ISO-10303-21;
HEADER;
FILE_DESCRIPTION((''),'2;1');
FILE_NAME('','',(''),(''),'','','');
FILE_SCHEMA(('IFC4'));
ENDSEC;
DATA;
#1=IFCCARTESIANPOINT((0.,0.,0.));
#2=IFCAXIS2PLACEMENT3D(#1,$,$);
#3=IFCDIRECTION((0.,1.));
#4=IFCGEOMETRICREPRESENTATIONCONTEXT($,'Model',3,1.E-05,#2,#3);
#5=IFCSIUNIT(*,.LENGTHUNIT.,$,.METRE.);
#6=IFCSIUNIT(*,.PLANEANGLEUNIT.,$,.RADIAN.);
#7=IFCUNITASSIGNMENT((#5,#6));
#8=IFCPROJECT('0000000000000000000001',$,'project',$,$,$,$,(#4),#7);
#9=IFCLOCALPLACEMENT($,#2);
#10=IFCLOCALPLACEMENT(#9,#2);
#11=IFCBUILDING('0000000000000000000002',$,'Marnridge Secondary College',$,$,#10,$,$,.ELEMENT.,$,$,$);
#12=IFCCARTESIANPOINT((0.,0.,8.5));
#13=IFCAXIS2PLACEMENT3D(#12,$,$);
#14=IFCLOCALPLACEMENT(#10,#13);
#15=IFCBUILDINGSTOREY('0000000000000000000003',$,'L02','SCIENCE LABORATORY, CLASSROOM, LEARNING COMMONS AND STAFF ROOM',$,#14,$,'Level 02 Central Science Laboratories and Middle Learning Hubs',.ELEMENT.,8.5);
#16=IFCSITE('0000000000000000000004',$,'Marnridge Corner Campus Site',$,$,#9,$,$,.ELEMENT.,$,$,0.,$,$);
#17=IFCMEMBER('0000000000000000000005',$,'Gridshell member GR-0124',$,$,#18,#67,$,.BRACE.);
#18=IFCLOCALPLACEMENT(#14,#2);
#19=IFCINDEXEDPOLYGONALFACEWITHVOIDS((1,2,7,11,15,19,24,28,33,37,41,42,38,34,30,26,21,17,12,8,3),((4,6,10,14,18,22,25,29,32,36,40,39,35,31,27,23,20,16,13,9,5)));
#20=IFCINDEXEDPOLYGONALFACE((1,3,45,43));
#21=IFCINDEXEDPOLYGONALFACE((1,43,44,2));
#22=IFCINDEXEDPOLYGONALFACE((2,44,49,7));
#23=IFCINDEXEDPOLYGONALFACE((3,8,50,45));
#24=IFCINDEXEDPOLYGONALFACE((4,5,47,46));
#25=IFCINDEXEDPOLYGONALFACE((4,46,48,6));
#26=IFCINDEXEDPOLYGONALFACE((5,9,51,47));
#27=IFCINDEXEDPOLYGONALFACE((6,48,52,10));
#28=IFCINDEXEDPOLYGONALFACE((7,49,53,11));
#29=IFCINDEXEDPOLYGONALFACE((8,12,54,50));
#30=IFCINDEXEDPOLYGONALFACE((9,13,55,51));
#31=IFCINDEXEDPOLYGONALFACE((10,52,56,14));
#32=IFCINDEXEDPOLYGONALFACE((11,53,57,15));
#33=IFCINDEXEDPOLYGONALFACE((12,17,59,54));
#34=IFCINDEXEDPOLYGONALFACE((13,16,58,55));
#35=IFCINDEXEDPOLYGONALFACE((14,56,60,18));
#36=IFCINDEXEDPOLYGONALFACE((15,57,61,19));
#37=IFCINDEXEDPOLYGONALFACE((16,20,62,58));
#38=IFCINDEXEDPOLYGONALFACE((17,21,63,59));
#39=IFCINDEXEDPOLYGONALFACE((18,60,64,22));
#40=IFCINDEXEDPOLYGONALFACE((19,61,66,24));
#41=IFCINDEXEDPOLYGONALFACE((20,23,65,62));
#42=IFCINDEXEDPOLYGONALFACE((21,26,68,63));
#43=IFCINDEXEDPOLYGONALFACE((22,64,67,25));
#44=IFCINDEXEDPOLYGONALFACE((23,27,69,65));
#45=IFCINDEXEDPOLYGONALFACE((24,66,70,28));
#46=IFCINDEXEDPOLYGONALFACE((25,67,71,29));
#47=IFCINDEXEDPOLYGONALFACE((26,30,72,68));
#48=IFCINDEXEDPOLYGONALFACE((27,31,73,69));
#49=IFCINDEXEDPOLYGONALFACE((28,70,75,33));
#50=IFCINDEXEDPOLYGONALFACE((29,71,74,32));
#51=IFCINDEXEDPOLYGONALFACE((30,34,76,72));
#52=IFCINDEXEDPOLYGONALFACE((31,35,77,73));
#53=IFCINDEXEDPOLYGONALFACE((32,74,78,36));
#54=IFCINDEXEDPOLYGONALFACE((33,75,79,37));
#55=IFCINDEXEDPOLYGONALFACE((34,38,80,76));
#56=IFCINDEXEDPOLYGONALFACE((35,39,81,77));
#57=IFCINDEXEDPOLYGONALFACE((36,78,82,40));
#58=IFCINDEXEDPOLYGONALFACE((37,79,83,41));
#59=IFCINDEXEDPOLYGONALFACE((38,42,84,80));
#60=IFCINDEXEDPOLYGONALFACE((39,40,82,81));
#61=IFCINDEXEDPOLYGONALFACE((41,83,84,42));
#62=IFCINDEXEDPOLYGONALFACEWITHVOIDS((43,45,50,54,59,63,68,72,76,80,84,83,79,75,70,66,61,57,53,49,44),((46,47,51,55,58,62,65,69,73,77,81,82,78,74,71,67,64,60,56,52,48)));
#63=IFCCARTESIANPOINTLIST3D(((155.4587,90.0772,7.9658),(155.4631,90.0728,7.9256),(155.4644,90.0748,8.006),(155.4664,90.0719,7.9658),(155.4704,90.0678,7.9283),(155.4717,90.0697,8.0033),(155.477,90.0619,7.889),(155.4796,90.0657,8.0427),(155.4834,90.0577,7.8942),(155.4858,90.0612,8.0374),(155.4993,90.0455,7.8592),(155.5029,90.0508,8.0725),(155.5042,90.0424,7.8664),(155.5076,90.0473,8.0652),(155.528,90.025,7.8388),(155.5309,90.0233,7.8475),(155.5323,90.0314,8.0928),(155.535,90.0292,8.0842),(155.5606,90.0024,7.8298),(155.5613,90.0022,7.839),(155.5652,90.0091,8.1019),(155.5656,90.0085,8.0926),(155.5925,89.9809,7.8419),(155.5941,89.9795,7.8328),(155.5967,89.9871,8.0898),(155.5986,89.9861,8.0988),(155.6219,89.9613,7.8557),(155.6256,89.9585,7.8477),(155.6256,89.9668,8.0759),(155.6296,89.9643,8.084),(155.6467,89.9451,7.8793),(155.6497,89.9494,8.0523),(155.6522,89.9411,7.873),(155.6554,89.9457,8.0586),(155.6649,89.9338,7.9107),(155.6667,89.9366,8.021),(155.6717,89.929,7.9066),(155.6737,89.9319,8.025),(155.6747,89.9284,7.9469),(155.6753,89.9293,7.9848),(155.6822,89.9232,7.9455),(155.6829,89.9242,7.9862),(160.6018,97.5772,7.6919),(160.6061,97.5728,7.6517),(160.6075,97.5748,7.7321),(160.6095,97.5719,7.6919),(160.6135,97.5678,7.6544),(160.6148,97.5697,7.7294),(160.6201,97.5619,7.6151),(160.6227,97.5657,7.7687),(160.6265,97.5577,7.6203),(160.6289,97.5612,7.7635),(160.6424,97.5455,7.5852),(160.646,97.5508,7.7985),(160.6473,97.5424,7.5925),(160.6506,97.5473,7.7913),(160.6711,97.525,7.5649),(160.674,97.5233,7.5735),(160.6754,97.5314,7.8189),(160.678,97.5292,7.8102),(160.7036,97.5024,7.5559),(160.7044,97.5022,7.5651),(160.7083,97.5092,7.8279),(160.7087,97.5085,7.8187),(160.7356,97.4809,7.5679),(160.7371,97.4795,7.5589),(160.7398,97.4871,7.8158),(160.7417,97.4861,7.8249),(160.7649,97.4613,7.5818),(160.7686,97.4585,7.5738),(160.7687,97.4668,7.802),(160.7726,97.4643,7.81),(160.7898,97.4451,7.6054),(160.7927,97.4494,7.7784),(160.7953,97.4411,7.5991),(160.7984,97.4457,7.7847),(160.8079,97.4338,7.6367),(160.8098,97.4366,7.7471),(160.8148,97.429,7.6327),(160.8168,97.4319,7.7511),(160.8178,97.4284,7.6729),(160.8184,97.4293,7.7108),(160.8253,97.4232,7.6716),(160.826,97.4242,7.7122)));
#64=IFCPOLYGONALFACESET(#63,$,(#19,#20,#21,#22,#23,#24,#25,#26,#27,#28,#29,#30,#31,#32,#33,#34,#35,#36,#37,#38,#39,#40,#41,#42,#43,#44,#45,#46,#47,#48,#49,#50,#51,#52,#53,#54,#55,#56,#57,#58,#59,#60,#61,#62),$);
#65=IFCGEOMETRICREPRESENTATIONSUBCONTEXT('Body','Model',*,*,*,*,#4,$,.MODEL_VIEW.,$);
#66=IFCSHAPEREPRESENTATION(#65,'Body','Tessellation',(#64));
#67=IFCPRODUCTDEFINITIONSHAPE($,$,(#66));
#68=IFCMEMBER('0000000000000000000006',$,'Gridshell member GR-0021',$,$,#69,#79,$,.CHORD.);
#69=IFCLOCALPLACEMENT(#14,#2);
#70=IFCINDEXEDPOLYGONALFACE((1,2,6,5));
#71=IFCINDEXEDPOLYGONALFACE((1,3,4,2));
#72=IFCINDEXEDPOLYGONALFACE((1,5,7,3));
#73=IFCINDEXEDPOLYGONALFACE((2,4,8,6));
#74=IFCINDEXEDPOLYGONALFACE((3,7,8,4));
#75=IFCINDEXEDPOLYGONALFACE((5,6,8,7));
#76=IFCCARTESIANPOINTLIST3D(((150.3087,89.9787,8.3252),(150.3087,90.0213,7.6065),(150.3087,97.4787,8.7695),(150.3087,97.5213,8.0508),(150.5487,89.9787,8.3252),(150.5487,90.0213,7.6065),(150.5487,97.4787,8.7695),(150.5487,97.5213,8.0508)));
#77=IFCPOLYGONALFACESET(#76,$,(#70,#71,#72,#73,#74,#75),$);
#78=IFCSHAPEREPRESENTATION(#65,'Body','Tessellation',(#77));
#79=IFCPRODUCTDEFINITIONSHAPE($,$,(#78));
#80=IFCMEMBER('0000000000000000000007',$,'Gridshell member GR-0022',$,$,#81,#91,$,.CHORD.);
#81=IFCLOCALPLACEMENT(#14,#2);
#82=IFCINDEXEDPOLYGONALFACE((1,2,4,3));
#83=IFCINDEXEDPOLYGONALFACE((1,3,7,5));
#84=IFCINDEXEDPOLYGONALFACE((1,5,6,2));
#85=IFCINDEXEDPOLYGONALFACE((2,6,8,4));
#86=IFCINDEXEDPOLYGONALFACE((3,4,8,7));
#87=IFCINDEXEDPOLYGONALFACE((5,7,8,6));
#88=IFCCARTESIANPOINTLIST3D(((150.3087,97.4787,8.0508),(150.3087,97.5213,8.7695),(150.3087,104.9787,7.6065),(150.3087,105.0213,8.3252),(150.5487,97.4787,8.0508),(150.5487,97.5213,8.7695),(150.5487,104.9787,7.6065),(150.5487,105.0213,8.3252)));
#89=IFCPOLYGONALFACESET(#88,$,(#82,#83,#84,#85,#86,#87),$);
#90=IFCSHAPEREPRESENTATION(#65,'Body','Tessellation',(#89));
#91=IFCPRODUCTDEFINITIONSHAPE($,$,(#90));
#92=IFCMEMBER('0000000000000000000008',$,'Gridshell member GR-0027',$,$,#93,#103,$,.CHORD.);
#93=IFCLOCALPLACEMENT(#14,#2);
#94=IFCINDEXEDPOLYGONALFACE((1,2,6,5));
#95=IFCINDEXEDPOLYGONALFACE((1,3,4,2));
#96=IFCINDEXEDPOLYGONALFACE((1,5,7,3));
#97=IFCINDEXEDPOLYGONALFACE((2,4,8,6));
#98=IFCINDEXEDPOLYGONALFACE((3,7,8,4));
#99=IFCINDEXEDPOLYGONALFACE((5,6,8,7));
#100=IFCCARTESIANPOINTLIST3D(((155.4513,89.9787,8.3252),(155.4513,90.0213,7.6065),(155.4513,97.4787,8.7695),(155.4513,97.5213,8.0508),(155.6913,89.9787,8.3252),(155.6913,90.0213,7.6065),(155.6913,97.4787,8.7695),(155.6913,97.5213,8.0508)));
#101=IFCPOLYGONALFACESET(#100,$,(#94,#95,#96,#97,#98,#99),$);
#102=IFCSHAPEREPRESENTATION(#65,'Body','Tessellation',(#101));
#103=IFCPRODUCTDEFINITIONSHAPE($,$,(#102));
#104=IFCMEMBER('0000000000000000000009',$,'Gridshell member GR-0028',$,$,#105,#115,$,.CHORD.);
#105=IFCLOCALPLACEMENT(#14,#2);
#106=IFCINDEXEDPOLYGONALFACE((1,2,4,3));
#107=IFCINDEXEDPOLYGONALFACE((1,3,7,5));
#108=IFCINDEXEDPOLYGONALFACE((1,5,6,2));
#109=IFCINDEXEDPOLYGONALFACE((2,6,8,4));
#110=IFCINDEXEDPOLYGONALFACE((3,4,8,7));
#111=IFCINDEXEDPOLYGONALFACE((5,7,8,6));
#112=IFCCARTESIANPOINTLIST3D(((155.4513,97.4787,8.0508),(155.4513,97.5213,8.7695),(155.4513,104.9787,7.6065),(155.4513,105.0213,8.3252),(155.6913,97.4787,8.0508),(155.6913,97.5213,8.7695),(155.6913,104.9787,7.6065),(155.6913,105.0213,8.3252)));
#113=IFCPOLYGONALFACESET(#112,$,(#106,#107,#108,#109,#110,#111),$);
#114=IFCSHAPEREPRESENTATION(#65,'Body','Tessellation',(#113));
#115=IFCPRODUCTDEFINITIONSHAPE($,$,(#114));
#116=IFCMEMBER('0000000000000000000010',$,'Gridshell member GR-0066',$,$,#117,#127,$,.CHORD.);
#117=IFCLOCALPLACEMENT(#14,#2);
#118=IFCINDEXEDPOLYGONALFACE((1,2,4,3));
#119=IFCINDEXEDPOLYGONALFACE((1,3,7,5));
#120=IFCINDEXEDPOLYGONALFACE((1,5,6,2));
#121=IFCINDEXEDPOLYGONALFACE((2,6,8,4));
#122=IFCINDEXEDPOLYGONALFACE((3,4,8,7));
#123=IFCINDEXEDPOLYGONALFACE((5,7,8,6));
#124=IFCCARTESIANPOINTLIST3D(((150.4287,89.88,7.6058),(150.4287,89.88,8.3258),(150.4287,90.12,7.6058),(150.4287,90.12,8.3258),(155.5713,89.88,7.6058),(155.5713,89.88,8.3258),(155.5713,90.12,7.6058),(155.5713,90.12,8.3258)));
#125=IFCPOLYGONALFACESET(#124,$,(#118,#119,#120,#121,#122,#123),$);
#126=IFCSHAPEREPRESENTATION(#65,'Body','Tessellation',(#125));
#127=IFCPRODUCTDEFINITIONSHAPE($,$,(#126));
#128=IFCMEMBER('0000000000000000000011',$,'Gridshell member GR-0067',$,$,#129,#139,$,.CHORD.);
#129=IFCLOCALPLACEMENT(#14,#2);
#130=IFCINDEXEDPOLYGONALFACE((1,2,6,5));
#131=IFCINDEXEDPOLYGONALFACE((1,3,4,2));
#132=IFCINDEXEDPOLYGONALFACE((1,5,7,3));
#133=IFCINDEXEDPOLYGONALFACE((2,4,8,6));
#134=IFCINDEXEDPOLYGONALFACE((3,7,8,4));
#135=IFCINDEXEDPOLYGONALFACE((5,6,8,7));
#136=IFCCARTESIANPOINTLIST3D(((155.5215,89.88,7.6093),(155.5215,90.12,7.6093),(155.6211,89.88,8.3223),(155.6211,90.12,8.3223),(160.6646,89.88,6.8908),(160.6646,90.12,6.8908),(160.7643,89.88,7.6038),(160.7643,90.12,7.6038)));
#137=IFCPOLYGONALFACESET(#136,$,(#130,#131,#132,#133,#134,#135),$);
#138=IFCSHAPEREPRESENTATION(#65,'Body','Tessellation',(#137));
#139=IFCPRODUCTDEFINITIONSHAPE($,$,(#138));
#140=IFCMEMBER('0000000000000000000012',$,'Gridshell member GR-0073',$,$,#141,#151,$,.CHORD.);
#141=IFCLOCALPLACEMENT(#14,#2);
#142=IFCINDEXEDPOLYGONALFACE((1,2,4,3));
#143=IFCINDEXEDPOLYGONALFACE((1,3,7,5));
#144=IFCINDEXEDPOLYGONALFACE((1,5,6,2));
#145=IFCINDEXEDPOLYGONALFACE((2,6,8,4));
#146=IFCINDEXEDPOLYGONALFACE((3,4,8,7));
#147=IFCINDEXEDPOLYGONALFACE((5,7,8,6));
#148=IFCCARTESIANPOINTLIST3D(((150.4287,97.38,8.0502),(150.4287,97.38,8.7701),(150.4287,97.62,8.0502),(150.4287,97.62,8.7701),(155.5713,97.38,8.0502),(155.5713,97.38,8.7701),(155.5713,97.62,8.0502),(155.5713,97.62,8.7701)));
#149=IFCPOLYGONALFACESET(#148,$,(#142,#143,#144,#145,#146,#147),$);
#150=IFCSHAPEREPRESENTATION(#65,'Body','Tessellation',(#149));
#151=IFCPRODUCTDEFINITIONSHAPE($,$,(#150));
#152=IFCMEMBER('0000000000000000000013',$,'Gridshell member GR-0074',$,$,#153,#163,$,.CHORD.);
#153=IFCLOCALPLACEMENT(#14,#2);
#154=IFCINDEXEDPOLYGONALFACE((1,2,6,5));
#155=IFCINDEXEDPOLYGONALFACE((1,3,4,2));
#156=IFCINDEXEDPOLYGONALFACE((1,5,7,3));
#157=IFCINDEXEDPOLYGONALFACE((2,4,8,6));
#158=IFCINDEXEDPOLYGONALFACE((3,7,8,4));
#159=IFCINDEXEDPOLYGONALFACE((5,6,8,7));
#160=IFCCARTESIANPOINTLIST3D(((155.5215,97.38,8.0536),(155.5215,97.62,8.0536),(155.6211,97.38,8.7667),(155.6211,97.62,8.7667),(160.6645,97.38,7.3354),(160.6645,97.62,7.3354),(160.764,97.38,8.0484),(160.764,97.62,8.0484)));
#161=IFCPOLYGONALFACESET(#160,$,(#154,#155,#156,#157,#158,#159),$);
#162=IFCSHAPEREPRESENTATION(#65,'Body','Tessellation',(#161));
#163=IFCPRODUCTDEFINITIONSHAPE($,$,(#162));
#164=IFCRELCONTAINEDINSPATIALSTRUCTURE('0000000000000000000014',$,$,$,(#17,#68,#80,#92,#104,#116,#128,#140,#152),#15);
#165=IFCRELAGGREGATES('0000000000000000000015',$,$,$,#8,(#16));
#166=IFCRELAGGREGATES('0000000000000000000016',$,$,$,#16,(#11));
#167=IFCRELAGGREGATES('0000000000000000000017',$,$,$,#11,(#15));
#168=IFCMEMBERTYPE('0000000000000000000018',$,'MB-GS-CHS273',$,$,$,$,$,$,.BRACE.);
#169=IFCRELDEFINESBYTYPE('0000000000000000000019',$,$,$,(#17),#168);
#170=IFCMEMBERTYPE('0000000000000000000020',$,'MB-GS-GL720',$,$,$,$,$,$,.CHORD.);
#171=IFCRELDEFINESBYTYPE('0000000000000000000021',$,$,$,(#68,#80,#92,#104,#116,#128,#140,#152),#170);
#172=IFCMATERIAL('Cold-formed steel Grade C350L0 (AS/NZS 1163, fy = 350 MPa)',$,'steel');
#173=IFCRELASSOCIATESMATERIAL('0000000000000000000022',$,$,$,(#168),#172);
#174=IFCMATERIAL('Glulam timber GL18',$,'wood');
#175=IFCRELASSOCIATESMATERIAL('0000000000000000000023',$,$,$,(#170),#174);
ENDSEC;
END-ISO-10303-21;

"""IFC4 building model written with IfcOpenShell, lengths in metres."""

from ifc_helpers import new_model, si_unit, direction, frame, origin, origin_2d, place, context, subcontext, project, spatial, rectangle, hollow_circle, extrude, material, material_profile, profile_set, type_object, element, save


model = new_model("IFC4")

# Units and contexts
model_context = context("Model", 3, precision=1e-05, world=origin(), true_north=direction((0.0, 1.0)))
body_context = subcontext(model_context, "Body", "Model", "MODEL_VIEW")
ifc_project = project(units=[si_unit("LENGTHUNIT", "METRE"), si_unit("PLANEANGLEUNIT", "RADIAN")], contexts=[model_context])

# Site, building, storey
site_placement = place(None, origin())
site = spatial("IfcSite", under=ifc_project, at=site_placement, Name="Marnridge Corner Campus Site", CompositionType="ELEMENT", RefElevation=0.0)
building_placement = place(site_placement, origin())
building = spatial("IfcBuilding", under=site, at=building_placement, Name="Marnridge Secondary College", CompositionType="ELEMENT")
storey_placement = place(building_placement, frame((0.0, 0.0, 8.5)))
storey = spatial("IfcBuildingStorey", under=building, at=storey_placement, Name="L02", Description="SCIENCE LABORATORY, CLASSROOM, LEARNING COMMONS AND STAFF ROOM", LongName="Level 02 Central Science Laboratories and Middle Learning Hubs", CompositionType="ELEMENT", Elevation=8.5)

# Members
ifc_material_1 = material(Name="Cold-formed steel Grade C350L0 (AS/NZS 1163, fy = 350 MPa)", Category="steel")
ifc_material_profile_1 = material_profile(ifc_material_1, hollow_circle(Radius=0.1365, WallThickness=0.0093, at=origin_2d()), Name="273.1x9.3CHS")
ifc_profile_set_1 = profile_set([ifc_material_profile_1], Name="Cold-formed steel Grade C350L0 (AS/NZS 1163, fy = 350 MPa)")
member_type_1 = type_object("IfcMemberType", Name="MB-GS-CHS273", PredefinedType="BRACE", material=ifc_profile_set_1)
member_1_placement = place(storey_placement, frame((155.5713, 90.0, 7.9658), z_axis=(0.565288, 0.824344, -0.030108), x_axis=(-0.824718, 0.565544, 0.0)))
element("IfcMember", 1, at=member_1_placement, inside=storey, type_object=member_type_1, Name="Gridshell member GR-0124", PredefinedType="BRACE", context=body_context, shape_type="SweptSolid", body=[
    extrude(hollow_circle(Radius=0.1365, WallThickness=0.0093, at=origin_2d()), origin(), (0.0, 0.0, 1.0), 9.0981),
])
ifc_material_2 = material(Name="Glulam timber GL18", Category="wood")
ifc_material_profile_2 = material_profile(ifc_material_2, rectangle(XDim=0.24, YDim=0.72, at=origin_2d()), Name="GL18 240x720")
ifc_profile_set_2 = profile_set([ifc_material_profile_2], Name="Glulam timber GL18")
member_type_2 = type_object("IfcMemberType", Name="MB-GS-GL720", PredefinedType="CHORD", material=ifc_profile_set_2)
for number, where, z_axis, x_axis, name in (
    (2, (150.4287, 90.0, 7.9658), (0.0, 0.99825, 0.059141), (-1.0, 0.0, 0.0), "Gridshell member GR-0021"),
    (3, (150.4287, 97.5, 8.4102), (0.0, 0.99825, -0.059141), (-1.0, 0.0, 0.0), "Gridshell member GR-0022"),
    (4, (155.5713, 90.0, 7.9658), (0.0, 0.99825, 0.059141), (-1.0, 0.0, 0.0), "Gridshell member GR-0027"),
    (5, (155.5713, 97.5, 8.4102), (0.0, 0.99825, -0.059141), (-1.0, 0.0, 0.0), "Gridshell member GR-0028"),
):
    element("IfcMember", number, at=place(storey_placement, frame(where, z_axis=z_axis, x_axis=x_axis)), inside=storey, type_object=member_type_2, Name=name, PredefinedType="CHORD", context=body_context, shape_type="SweptSolid", body=[
        extrude(rectangle(XDim=0.24, YDim=0.72, at=origin_2d()), origin(), (0.0, 0.0, 1.0), 7.5132),
    ])
member_2_placement = place(storey_placement, frame((150.4287, 90.0, 7.9658), z_axis=(1.0, 0.0, 0.0), x_axis=(0.0, 1.0, 0.0)))
element("IfcMember", 6, at=member_2_placement, inside=storey, type_object=member_type_2, Name="Gridshell member GR-0066", PredefinedType="CHORD", context=body_context, shape_type="SweptSolid", body=[
    extrude(rectangle(XDim=0.24, YDim=0.72, at=origin_2d()), origin(), (0.0, 0.0, 1.0), 5.1426),
])
member_3_placement = place(storey_placement, frame((155.5713, 90.0, 7.9658), z_axis=(0.990382, 0.0, -0.13836), x_axis=(0.0, 1.0, 0.0)))
element("IfcMember", 7, at=member_3_placement, inside=storey, type_object=member_type_2, Name="Gridshell member GR-0067", PredefinedType="CHORD", context=body_context, shape_type="SweptSolid", body=[
    extrude(rectangle(XDim=0.24, YDim=0.72, at=origin_2d()), origin(), (0.0, 0.0, 1.0), 5.1931),
])
member_4_placement = place(storey_placement, frame((150.4287, 97.5, 8.4102), z_axis=(1.0, 0.0, 0.0), x_axis=(0.0, 1.0, 0.0)))
element("IfcMember", 8, at=member_4_placement, inside=storey, type_object=member_type_2, Name="Gridshell member GR-0073", PredefinedType="CHORD", context=body_context, shape_type="SweptSolid", body=[
    extrude(rectangle(XDim=0.24, YDim=0.72, at=origin_2d()), origin(), (0.0, 0.0, 1.0), 5.1426),
])
member_5_placement = place(storey_placement, frame((155.5713, 97.5, 8.4102), z_axis=(0.990388, 0.0, -0.138314), x_axis=(0.0, 1.0, 0.0)))
element("IfcMember", 9, at=member_5_placement, inside=storey, type_object=member_type_2, Name="Gridshell member GR-0074", PredefinedType="CHORD", context=body_context, shape_type="SweptSolid", body=[
    extrude(rectangle(XDim=0.24, YDim=0.72, at=origin_2d()), origin(), (0.0, 0.0, 1.0), 5.1929),
])

save(model, "model.ifc")
